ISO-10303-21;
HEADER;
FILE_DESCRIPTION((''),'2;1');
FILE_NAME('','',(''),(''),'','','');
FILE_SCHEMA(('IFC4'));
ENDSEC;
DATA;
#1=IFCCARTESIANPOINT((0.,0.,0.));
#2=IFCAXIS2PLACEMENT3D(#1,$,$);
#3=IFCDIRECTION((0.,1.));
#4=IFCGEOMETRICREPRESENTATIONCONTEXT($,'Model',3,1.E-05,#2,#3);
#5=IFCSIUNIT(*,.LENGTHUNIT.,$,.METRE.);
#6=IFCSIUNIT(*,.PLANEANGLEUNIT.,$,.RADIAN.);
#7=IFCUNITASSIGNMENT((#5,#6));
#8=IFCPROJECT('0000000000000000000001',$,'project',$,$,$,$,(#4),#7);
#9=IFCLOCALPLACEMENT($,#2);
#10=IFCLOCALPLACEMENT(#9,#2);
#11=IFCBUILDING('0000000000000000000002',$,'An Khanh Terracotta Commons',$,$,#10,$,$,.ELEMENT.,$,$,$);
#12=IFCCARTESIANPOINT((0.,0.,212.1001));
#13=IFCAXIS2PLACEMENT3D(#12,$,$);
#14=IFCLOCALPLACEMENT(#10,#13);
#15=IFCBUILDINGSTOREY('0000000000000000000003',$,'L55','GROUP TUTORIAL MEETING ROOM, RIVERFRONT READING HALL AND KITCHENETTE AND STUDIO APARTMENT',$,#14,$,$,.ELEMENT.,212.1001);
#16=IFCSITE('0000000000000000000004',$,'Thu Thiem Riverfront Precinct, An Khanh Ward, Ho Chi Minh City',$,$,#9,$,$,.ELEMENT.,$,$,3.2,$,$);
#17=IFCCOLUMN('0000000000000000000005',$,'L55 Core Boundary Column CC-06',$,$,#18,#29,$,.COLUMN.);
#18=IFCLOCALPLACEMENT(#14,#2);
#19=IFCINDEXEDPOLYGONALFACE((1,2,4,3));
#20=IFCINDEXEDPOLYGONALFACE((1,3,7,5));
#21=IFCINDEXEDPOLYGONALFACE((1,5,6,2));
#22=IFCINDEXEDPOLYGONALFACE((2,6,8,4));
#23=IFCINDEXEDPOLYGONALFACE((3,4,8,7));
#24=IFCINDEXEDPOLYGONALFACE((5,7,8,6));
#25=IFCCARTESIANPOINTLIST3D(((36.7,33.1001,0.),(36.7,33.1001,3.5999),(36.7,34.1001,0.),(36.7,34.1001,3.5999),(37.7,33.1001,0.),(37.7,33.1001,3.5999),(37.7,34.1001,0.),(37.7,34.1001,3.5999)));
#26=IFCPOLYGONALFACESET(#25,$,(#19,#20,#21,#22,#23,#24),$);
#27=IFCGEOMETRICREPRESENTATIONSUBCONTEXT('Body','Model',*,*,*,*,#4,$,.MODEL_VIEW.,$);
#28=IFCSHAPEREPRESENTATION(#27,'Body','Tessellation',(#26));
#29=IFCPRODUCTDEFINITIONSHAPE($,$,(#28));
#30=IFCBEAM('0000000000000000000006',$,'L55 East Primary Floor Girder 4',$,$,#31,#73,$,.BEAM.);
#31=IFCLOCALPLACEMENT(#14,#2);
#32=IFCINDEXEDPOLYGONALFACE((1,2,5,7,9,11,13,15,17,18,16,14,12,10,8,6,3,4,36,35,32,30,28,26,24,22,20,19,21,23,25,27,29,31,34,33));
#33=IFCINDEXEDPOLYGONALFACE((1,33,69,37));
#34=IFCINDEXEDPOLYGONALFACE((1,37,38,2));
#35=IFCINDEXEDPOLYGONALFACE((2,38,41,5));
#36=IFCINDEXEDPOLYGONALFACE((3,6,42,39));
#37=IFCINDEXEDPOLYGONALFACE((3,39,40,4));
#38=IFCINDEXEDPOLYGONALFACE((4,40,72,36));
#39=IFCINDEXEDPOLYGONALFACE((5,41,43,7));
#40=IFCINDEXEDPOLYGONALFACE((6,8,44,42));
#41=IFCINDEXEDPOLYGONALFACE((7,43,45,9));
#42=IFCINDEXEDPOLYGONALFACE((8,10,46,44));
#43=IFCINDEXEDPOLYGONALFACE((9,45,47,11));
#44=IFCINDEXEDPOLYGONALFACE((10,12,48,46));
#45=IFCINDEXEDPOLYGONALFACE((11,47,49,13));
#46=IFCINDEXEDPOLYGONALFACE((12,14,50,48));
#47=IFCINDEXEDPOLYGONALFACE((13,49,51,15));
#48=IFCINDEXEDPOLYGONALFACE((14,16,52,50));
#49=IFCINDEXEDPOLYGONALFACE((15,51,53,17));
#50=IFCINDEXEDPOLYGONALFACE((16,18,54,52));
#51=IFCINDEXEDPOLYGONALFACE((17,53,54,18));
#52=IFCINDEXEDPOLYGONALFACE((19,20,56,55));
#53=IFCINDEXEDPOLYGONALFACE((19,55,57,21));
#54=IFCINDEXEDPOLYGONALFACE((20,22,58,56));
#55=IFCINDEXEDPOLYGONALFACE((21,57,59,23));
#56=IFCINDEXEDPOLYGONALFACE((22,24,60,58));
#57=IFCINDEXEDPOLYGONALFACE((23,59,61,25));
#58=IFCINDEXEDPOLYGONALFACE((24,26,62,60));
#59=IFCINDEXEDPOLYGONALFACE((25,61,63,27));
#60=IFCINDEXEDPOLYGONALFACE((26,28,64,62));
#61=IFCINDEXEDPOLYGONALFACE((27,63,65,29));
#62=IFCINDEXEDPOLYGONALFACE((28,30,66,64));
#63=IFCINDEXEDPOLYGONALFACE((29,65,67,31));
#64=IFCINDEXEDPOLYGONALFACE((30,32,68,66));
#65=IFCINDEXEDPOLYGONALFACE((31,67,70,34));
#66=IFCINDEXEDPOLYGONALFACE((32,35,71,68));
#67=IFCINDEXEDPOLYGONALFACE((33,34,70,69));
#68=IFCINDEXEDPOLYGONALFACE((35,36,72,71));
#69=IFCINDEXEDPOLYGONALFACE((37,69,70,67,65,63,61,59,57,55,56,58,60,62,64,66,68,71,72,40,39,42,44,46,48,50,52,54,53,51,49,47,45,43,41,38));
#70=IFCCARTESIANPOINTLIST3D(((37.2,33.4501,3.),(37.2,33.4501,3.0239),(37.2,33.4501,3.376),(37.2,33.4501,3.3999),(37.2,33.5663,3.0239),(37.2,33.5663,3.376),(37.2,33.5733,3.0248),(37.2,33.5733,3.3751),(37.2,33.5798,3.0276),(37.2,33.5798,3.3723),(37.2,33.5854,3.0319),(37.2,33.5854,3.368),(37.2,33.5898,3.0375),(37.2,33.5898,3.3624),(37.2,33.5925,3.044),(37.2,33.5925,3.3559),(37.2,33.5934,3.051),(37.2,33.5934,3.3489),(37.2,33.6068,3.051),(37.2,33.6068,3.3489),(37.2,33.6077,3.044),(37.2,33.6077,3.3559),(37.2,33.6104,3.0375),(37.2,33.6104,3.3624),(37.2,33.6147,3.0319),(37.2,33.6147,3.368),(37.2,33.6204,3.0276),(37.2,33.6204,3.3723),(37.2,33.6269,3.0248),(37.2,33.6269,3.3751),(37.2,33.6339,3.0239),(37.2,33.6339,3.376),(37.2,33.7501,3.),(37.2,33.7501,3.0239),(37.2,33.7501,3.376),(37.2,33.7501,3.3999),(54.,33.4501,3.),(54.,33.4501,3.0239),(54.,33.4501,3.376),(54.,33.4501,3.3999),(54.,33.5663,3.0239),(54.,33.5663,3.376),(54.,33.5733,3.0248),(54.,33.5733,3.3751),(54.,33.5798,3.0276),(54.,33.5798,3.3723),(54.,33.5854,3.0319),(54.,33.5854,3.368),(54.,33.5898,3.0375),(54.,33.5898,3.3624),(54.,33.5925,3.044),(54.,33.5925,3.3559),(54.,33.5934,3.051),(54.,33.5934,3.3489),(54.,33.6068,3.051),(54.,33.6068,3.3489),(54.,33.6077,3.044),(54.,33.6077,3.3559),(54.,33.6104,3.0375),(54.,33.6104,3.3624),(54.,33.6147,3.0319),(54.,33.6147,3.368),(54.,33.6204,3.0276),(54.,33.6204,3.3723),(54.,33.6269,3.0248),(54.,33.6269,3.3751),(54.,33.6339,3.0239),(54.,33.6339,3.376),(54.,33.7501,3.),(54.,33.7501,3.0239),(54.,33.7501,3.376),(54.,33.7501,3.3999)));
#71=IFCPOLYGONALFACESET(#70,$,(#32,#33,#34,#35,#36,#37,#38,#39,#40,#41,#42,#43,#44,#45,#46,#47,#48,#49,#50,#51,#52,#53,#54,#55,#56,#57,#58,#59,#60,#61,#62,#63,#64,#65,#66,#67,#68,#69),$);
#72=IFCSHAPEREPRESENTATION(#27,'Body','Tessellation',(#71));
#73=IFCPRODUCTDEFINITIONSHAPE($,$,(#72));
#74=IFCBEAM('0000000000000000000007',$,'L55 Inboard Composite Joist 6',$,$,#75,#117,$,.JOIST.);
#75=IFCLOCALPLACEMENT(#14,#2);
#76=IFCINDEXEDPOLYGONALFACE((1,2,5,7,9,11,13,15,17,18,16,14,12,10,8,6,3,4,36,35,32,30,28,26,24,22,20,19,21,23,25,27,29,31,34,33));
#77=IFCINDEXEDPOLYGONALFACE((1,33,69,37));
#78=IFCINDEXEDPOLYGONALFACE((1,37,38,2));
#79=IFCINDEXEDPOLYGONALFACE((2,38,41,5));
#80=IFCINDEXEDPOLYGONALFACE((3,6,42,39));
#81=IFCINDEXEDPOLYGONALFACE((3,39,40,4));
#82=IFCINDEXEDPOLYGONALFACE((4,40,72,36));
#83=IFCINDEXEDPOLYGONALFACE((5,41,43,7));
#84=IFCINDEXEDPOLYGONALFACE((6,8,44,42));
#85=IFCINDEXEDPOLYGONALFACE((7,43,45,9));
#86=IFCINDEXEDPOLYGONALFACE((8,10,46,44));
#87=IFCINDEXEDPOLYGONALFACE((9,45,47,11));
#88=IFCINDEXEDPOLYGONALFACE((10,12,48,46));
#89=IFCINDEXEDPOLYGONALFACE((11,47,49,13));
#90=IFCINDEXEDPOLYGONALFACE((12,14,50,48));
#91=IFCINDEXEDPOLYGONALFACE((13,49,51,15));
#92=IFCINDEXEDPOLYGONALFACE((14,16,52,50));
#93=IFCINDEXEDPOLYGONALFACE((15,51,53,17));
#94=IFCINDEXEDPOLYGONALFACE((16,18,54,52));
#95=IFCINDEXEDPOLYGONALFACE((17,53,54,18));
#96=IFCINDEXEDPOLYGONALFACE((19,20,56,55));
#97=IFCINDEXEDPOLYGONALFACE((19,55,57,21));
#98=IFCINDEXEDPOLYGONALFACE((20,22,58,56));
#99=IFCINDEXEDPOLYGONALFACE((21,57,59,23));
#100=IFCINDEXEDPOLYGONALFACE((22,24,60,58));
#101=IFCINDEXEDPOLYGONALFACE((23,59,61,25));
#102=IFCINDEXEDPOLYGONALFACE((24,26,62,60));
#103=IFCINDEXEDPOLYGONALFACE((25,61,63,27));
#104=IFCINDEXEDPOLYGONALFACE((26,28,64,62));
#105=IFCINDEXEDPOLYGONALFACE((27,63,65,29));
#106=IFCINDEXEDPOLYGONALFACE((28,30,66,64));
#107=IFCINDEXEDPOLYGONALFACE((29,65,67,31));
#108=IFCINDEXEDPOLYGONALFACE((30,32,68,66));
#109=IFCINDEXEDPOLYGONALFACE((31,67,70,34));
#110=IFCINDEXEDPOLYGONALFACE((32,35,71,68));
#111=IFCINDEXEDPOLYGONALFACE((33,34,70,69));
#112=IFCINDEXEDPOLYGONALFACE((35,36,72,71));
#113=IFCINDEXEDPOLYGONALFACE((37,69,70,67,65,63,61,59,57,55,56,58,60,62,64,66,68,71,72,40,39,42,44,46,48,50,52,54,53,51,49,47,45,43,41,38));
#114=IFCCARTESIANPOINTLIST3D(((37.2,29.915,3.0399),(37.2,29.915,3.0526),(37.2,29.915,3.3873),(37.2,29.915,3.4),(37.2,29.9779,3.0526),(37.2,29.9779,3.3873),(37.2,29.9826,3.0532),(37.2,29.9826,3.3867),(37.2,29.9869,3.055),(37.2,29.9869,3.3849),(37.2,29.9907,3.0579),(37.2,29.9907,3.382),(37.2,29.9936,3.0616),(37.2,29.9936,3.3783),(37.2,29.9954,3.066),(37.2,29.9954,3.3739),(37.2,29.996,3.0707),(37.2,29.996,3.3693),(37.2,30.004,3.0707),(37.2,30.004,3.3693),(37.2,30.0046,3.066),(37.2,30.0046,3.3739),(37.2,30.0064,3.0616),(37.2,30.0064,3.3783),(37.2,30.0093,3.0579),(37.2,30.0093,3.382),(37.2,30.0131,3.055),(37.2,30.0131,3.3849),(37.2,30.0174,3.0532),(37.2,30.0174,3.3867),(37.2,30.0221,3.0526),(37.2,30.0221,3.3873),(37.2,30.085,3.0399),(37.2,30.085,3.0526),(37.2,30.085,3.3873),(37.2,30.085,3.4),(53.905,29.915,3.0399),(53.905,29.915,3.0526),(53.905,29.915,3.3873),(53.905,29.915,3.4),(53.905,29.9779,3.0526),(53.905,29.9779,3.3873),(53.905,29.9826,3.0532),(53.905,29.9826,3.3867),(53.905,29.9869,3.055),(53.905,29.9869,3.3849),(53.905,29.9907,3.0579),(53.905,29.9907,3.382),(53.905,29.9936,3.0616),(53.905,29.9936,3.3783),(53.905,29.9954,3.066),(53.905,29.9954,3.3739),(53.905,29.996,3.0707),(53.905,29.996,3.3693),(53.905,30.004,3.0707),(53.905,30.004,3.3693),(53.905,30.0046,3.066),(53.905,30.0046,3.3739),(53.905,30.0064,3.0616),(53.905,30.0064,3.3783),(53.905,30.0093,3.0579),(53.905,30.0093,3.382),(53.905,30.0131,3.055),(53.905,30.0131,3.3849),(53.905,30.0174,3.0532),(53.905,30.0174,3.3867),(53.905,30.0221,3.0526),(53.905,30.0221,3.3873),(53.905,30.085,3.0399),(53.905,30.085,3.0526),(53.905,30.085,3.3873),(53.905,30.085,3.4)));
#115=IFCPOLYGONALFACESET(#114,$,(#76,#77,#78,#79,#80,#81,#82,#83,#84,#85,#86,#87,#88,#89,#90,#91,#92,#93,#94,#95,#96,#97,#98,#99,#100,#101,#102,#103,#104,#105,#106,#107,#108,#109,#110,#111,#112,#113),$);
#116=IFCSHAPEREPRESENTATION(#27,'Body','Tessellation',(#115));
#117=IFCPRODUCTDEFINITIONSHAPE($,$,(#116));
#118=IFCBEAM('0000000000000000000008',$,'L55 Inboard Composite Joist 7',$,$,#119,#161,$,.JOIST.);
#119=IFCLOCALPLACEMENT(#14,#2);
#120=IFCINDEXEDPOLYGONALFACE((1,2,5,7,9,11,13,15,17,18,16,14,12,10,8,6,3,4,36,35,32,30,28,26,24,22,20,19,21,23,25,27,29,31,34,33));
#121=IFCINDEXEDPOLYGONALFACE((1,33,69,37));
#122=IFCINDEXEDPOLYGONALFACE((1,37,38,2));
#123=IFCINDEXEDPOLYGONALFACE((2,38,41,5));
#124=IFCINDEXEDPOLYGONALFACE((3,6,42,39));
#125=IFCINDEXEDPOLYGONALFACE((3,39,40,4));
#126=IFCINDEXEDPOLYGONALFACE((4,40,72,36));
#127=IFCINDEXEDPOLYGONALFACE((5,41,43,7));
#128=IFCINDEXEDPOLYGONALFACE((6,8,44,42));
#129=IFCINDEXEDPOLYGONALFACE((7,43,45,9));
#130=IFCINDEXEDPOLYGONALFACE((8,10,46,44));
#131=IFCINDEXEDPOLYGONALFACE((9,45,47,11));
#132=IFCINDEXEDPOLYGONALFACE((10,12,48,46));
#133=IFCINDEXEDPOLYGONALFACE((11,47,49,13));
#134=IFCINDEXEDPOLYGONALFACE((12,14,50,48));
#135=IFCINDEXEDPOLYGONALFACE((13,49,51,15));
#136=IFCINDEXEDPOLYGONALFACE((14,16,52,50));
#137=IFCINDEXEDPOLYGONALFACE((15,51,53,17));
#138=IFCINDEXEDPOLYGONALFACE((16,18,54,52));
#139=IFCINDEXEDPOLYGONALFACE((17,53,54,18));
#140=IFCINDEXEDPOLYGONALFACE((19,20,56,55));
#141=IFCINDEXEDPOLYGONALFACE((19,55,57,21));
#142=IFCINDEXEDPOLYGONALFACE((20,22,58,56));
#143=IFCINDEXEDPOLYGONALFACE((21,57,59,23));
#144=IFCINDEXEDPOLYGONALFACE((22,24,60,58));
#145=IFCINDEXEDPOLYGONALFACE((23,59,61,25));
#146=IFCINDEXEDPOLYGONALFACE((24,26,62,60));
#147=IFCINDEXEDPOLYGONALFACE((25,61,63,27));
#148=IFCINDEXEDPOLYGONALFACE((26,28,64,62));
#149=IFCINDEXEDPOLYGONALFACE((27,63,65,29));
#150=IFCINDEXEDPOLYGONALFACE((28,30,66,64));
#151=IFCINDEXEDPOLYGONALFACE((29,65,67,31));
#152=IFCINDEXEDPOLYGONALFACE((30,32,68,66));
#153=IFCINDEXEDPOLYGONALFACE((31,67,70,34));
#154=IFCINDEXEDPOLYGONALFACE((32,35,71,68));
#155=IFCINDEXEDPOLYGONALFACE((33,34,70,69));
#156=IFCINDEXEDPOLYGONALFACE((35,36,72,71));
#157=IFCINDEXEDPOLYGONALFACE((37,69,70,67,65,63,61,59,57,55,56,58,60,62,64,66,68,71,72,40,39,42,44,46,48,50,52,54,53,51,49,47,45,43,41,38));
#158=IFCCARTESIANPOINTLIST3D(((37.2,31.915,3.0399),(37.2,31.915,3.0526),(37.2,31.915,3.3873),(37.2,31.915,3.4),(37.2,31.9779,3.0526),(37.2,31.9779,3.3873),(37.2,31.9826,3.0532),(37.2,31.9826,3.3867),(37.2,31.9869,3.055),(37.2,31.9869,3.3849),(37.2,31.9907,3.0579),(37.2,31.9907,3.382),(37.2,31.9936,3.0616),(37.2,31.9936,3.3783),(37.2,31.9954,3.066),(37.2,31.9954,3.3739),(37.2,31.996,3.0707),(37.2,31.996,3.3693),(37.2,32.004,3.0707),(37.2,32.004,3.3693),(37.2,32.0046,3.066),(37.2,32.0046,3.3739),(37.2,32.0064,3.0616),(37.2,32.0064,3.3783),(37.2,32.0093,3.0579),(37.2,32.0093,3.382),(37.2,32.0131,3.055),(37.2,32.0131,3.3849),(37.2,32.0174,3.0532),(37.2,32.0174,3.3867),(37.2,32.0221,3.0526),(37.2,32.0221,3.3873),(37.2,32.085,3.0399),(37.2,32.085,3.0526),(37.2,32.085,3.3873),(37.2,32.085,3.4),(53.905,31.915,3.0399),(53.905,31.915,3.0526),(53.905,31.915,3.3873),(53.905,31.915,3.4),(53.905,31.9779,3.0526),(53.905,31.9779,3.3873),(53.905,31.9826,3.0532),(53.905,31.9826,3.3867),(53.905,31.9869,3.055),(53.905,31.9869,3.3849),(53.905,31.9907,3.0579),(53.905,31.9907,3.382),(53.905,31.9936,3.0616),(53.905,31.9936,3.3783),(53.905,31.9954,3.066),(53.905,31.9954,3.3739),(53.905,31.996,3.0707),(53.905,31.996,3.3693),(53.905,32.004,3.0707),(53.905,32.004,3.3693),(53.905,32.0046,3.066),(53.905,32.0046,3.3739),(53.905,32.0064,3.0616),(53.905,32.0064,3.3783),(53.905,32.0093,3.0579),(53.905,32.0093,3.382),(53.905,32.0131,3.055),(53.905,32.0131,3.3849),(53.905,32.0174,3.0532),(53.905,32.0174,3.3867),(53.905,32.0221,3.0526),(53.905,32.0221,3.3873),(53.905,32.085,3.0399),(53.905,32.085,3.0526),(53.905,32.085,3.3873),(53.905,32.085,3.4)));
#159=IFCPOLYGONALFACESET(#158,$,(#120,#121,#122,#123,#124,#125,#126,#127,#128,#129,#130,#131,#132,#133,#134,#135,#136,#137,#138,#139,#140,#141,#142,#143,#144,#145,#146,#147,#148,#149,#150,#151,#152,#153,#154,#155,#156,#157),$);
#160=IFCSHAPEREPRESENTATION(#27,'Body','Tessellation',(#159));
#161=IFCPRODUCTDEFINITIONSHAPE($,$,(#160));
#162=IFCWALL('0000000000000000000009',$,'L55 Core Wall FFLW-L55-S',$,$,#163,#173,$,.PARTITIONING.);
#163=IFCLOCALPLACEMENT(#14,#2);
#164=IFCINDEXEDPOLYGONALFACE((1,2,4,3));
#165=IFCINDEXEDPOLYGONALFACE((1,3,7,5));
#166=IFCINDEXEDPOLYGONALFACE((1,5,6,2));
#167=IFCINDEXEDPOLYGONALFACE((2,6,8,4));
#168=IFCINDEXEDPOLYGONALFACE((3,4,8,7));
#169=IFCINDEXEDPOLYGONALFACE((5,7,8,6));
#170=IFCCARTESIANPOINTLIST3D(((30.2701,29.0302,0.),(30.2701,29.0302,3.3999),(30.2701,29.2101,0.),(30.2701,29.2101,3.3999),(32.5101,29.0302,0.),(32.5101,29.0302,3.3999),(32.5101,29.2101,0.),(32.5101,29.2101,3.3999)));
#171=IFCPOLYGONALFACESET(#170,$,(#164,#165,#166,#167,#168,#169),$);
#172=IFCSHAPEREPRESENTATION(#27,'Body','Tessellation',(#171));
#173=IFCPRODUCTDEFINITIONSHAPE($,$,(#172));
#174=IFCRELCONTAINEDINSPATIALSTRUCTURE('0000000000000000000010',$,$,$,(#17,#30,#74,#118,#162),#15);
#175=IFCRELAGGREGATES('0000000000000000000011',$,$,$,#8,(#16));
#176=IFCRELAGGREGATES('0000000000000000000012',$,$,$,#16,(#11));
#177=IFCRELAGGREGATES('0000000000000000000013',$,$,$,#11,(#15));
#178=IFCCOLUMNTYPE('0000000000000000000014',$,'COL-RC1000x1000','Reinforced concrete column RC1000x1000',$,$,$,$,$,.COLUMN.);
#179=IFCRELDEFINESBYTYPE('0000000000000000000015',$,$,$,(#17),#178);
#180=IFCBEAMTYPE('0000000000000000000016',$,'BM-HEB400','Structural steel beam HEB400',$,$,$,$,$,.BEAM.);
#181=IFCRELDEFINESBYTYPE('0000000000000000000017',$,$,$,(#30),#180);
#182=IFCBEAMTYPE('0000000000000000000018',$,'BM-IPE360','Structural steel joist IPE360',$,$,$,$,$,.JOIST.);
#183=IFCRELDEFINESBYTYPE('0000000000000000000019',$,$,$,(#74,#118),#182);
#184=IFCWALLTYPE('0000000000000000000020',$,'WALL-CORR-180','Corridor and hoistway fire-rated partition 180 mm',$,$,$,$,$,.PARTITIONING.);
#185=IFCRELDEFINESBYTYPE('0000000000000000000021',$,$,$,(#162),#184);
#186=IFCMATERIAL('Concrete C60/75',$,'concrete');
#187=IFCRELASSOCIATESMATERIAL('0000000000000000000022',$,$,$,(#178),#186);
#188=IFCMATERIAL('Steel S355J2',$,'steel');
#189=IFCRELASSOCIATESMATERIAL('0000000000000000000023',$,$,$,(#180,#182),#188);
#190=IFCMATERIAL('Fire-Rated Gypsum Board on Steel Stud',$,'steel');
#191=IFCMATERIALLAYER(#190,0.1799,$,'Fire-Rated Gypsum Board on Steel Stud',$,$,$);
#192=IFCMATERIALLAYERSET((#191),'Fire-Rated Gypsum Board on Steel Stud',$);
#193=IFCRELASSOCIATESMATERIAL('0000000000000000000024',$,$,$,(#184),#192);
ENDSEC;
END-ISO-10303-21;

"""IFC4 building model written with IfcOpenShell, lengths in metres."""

from ifc_helpers import new_model, si_unit, direction, frame, frame_2d, origin, origin_2d, place, context, subcontext, project, spatial, rectangle, i_section, extrude, material, layer, layer_set, material_profile, profile_set, type_object, element, save


model = new_model("IFC4")

# Units and contexts
model_context = context("Model", 3, precision=1e-05, world=origin(), true_north=direction((0.0, 1.0)))
body_context = subcontext(model_context, "Body", "Model", "MODEL_VIEW")
ifc_project = project(units=[si_unit("LENGTHUNIT", "METRE"), si_unit("PLANEANGLEUNIT", "RADIAN")], contexts=[model_context])

# Site, building, storey
site_placement = place(None, origin())
site = spatial("IfcSite", under=ifc_project, at=site_placement, Name="Thu Thiem Riverfront Precinct, An Khanh Ward, Ho Chi Minh City", CompositionType="ELEMENT", RefElevation=3.2)
building_placement = place(site_placement, origin())
building = spatial("IfcBuilding", under=site, at=building_placement, Name="An Khanh Terracotta Commons", CompositionType="ELEMENT")
storey_placement = place(building_placement, frame((0.0, 0.0, 212.1001)))
storey = spatial("IfcBuildingStorey", under=building, at=storey_placement, Name="L55", Description="GROUP TUTORIAL MEETING ROOM, RIVERFRONT READING HALL AND KITCHENETTE AND STUDIO APARTMENT", CompositionType="ELEMENT", Elevation=212.1001)

# Column
ifc_material_1 = material(Name="Concrete C60/75", Category="concrete")
ifc_material_profile_1 = material_profile(ifc_material_1, rectangle(XDim=1.0, YDim=1.0, at=origin_2d()), Name="RC1000x1000")
ifc_profile_set_1 = profile_set([ifc_material_profile_1], Name="Concrete C60/75")
column_type = type_object("IfcColumnType", Name="COL-RC1000x1000", Description="Reinforced concrete column RC1000x1000", PredefinedType="COLUMN", material=ifc_profile_set_1)
column_placement = place(storey_placement, frame((37.2, 33.6001, 0.0), z_axis=(0.0, 0.0, 1.0), x_axis=(1.0, 0.0, 0.0)))
element("IfcColumn", 1, at=column_placement, inside=storey, type_object=column_type, Name="L55 Core Boundary Column CC-06", PredefinedType="COLUMN", context=body_context, shape_type="SweptSolid", body=[
    extrude(rectangle(XDim=1.0, YDim=1.0, at=origin_2d()), origin(), (0.0, 0.0, 1.0), 3.5999),
])

# Beams
ifc_material_2 = material(Name="Steel S355J2", Category="steel")
ifc_material_profile_2 = material_profile(ifc_material_2, i_section(OverallWidth=0.3, OverallDepth=0.3999, WebThickness=0.0134, FlangeThickness=0.0239, FilletRadius=0.0271, at=origin_2d()), Name="HEB400")
ifc_profile_set_2 = profile_set([ifc_material_profile_2], Name="Steel S355J2")
beam_type_1 = type_object("IfcBeamType", Name="BM-HEB400", Description="Structural steel beam HEB400", PredefinedType="BEAM", material=ifc_profile_set_2)
beam_placement = place(storey_placement, frame((37.2, 33.6001, 3.2), z_axis=(1.0, 0.0, 0.0), x_axis=(0.0, 1.0, 0.0)))
element("IfcBeam", 2, at=beam_placement, inside=storey, type_object=beam_type_1, Name="L55 East Primary Floor Girder 4", PredefinedType="BEAM", context=body_context, shape_type="SweptSolid", body=[
    extrude(i_section(OverallWidth=0.3, OverallDepth=0.3999, WebThickness=0.0134, FlangeThickness=0.0239, FilletRadius=0.0271, at=origin_2d()), origin(), (0.0, 0.0, 1.0), 16.8),
])
ifc_material_profile_3 = material_profile(ifc_material_2, i_section(OverallWidth=0.1699, OverallDepth=0.3601, WebThickness=0.0081, FlangeThickness=0.0127, FilletRadius=0.0181, at=origin_2d()), Name="IPE360")
ifc_profile_set_3 = profile_set([ifc_material_profile_3], Name="Steel S355J2")
beam_type_2 = type_object("IfcBeamType", Name="BM-IPE360", Description="Structural steel joist IPE360", PredefinedType="JOIST", material=ifc_profile_set_3)
for number, where, z_axis, x_axis, name in (
    (3, (37.2, 30.0, 3.22), (1.0, 0.0, 0.0), (0.0, 1.0, 0.0), "L55 Inboard Composite Joist 6"),
    (4, (37.2, 32.0, 3.22), (1.0, 0.0, 0.0), (0.0, 1.0, 0.0), "L55 Inboard Composite Joist 7"),
):
    element("IfcBeam", number, at=place(storey_placement, frame(where, z_axis=z_axis, x_axis=x_axis)), inside=storey, type_object=beam_type_2, Name=name, PredefinedType="JOIST", context=body_context, shape_type="SweptSolid", body=[
        extrude(i_section(OverallWidth=0.1699, OverallDepth=0.3601, WebThickness=0.0081, FlangeThickness=0.0127, FilletRadius=0.0181, at=origin_2d()), origin(), (0.0, 0.0, 1.0), 16.7051),
    ])

# Wall
ifc_material_3 = material(Name="Fire-Rated Gypsum Board on Steel Stud", Category="steel")
ifc_layer_1 = layer(ifc_material_3, 0.1799, Name="Fire-Rated Gypsum Board on Steel Stud")
ifc_layer_set_1 = layer_set([ifc_layer_1], Name="Fire-Rated Gypsum Board on Steel Stud")
wall_type_1 = type_object("IfcWallType", Name="WALL-CORR-180", Description="Corridor and hoistway fire-rated partition 180 mm", PredefinedType="PARTITIONING", material=ifc_layer_set_1)
wall_1_placement = place(storey_placement, frame((30.27, 29.1201, 0.0), z_axis=(0.0, 0.0, 1.0), x_axis=(1.0, 0.0, 0.0)))
element("IfcWall", 5, at=wall_1_placement, inside=storey, type_object=wall_type_1, Name="L55 Core Wall FFLW-L55-S", PredefinedType="PARTITIONING", context=body_context, shape_type="SweptSolid", body=[
    extrude(rectangle(XDim=2.24, YDim=0.1799, at=frame_2d((1.1201, 0.0))), origin(), (0.0, 0.0, 1.0), 3.3999),
])

save(model, "model.ifc")
